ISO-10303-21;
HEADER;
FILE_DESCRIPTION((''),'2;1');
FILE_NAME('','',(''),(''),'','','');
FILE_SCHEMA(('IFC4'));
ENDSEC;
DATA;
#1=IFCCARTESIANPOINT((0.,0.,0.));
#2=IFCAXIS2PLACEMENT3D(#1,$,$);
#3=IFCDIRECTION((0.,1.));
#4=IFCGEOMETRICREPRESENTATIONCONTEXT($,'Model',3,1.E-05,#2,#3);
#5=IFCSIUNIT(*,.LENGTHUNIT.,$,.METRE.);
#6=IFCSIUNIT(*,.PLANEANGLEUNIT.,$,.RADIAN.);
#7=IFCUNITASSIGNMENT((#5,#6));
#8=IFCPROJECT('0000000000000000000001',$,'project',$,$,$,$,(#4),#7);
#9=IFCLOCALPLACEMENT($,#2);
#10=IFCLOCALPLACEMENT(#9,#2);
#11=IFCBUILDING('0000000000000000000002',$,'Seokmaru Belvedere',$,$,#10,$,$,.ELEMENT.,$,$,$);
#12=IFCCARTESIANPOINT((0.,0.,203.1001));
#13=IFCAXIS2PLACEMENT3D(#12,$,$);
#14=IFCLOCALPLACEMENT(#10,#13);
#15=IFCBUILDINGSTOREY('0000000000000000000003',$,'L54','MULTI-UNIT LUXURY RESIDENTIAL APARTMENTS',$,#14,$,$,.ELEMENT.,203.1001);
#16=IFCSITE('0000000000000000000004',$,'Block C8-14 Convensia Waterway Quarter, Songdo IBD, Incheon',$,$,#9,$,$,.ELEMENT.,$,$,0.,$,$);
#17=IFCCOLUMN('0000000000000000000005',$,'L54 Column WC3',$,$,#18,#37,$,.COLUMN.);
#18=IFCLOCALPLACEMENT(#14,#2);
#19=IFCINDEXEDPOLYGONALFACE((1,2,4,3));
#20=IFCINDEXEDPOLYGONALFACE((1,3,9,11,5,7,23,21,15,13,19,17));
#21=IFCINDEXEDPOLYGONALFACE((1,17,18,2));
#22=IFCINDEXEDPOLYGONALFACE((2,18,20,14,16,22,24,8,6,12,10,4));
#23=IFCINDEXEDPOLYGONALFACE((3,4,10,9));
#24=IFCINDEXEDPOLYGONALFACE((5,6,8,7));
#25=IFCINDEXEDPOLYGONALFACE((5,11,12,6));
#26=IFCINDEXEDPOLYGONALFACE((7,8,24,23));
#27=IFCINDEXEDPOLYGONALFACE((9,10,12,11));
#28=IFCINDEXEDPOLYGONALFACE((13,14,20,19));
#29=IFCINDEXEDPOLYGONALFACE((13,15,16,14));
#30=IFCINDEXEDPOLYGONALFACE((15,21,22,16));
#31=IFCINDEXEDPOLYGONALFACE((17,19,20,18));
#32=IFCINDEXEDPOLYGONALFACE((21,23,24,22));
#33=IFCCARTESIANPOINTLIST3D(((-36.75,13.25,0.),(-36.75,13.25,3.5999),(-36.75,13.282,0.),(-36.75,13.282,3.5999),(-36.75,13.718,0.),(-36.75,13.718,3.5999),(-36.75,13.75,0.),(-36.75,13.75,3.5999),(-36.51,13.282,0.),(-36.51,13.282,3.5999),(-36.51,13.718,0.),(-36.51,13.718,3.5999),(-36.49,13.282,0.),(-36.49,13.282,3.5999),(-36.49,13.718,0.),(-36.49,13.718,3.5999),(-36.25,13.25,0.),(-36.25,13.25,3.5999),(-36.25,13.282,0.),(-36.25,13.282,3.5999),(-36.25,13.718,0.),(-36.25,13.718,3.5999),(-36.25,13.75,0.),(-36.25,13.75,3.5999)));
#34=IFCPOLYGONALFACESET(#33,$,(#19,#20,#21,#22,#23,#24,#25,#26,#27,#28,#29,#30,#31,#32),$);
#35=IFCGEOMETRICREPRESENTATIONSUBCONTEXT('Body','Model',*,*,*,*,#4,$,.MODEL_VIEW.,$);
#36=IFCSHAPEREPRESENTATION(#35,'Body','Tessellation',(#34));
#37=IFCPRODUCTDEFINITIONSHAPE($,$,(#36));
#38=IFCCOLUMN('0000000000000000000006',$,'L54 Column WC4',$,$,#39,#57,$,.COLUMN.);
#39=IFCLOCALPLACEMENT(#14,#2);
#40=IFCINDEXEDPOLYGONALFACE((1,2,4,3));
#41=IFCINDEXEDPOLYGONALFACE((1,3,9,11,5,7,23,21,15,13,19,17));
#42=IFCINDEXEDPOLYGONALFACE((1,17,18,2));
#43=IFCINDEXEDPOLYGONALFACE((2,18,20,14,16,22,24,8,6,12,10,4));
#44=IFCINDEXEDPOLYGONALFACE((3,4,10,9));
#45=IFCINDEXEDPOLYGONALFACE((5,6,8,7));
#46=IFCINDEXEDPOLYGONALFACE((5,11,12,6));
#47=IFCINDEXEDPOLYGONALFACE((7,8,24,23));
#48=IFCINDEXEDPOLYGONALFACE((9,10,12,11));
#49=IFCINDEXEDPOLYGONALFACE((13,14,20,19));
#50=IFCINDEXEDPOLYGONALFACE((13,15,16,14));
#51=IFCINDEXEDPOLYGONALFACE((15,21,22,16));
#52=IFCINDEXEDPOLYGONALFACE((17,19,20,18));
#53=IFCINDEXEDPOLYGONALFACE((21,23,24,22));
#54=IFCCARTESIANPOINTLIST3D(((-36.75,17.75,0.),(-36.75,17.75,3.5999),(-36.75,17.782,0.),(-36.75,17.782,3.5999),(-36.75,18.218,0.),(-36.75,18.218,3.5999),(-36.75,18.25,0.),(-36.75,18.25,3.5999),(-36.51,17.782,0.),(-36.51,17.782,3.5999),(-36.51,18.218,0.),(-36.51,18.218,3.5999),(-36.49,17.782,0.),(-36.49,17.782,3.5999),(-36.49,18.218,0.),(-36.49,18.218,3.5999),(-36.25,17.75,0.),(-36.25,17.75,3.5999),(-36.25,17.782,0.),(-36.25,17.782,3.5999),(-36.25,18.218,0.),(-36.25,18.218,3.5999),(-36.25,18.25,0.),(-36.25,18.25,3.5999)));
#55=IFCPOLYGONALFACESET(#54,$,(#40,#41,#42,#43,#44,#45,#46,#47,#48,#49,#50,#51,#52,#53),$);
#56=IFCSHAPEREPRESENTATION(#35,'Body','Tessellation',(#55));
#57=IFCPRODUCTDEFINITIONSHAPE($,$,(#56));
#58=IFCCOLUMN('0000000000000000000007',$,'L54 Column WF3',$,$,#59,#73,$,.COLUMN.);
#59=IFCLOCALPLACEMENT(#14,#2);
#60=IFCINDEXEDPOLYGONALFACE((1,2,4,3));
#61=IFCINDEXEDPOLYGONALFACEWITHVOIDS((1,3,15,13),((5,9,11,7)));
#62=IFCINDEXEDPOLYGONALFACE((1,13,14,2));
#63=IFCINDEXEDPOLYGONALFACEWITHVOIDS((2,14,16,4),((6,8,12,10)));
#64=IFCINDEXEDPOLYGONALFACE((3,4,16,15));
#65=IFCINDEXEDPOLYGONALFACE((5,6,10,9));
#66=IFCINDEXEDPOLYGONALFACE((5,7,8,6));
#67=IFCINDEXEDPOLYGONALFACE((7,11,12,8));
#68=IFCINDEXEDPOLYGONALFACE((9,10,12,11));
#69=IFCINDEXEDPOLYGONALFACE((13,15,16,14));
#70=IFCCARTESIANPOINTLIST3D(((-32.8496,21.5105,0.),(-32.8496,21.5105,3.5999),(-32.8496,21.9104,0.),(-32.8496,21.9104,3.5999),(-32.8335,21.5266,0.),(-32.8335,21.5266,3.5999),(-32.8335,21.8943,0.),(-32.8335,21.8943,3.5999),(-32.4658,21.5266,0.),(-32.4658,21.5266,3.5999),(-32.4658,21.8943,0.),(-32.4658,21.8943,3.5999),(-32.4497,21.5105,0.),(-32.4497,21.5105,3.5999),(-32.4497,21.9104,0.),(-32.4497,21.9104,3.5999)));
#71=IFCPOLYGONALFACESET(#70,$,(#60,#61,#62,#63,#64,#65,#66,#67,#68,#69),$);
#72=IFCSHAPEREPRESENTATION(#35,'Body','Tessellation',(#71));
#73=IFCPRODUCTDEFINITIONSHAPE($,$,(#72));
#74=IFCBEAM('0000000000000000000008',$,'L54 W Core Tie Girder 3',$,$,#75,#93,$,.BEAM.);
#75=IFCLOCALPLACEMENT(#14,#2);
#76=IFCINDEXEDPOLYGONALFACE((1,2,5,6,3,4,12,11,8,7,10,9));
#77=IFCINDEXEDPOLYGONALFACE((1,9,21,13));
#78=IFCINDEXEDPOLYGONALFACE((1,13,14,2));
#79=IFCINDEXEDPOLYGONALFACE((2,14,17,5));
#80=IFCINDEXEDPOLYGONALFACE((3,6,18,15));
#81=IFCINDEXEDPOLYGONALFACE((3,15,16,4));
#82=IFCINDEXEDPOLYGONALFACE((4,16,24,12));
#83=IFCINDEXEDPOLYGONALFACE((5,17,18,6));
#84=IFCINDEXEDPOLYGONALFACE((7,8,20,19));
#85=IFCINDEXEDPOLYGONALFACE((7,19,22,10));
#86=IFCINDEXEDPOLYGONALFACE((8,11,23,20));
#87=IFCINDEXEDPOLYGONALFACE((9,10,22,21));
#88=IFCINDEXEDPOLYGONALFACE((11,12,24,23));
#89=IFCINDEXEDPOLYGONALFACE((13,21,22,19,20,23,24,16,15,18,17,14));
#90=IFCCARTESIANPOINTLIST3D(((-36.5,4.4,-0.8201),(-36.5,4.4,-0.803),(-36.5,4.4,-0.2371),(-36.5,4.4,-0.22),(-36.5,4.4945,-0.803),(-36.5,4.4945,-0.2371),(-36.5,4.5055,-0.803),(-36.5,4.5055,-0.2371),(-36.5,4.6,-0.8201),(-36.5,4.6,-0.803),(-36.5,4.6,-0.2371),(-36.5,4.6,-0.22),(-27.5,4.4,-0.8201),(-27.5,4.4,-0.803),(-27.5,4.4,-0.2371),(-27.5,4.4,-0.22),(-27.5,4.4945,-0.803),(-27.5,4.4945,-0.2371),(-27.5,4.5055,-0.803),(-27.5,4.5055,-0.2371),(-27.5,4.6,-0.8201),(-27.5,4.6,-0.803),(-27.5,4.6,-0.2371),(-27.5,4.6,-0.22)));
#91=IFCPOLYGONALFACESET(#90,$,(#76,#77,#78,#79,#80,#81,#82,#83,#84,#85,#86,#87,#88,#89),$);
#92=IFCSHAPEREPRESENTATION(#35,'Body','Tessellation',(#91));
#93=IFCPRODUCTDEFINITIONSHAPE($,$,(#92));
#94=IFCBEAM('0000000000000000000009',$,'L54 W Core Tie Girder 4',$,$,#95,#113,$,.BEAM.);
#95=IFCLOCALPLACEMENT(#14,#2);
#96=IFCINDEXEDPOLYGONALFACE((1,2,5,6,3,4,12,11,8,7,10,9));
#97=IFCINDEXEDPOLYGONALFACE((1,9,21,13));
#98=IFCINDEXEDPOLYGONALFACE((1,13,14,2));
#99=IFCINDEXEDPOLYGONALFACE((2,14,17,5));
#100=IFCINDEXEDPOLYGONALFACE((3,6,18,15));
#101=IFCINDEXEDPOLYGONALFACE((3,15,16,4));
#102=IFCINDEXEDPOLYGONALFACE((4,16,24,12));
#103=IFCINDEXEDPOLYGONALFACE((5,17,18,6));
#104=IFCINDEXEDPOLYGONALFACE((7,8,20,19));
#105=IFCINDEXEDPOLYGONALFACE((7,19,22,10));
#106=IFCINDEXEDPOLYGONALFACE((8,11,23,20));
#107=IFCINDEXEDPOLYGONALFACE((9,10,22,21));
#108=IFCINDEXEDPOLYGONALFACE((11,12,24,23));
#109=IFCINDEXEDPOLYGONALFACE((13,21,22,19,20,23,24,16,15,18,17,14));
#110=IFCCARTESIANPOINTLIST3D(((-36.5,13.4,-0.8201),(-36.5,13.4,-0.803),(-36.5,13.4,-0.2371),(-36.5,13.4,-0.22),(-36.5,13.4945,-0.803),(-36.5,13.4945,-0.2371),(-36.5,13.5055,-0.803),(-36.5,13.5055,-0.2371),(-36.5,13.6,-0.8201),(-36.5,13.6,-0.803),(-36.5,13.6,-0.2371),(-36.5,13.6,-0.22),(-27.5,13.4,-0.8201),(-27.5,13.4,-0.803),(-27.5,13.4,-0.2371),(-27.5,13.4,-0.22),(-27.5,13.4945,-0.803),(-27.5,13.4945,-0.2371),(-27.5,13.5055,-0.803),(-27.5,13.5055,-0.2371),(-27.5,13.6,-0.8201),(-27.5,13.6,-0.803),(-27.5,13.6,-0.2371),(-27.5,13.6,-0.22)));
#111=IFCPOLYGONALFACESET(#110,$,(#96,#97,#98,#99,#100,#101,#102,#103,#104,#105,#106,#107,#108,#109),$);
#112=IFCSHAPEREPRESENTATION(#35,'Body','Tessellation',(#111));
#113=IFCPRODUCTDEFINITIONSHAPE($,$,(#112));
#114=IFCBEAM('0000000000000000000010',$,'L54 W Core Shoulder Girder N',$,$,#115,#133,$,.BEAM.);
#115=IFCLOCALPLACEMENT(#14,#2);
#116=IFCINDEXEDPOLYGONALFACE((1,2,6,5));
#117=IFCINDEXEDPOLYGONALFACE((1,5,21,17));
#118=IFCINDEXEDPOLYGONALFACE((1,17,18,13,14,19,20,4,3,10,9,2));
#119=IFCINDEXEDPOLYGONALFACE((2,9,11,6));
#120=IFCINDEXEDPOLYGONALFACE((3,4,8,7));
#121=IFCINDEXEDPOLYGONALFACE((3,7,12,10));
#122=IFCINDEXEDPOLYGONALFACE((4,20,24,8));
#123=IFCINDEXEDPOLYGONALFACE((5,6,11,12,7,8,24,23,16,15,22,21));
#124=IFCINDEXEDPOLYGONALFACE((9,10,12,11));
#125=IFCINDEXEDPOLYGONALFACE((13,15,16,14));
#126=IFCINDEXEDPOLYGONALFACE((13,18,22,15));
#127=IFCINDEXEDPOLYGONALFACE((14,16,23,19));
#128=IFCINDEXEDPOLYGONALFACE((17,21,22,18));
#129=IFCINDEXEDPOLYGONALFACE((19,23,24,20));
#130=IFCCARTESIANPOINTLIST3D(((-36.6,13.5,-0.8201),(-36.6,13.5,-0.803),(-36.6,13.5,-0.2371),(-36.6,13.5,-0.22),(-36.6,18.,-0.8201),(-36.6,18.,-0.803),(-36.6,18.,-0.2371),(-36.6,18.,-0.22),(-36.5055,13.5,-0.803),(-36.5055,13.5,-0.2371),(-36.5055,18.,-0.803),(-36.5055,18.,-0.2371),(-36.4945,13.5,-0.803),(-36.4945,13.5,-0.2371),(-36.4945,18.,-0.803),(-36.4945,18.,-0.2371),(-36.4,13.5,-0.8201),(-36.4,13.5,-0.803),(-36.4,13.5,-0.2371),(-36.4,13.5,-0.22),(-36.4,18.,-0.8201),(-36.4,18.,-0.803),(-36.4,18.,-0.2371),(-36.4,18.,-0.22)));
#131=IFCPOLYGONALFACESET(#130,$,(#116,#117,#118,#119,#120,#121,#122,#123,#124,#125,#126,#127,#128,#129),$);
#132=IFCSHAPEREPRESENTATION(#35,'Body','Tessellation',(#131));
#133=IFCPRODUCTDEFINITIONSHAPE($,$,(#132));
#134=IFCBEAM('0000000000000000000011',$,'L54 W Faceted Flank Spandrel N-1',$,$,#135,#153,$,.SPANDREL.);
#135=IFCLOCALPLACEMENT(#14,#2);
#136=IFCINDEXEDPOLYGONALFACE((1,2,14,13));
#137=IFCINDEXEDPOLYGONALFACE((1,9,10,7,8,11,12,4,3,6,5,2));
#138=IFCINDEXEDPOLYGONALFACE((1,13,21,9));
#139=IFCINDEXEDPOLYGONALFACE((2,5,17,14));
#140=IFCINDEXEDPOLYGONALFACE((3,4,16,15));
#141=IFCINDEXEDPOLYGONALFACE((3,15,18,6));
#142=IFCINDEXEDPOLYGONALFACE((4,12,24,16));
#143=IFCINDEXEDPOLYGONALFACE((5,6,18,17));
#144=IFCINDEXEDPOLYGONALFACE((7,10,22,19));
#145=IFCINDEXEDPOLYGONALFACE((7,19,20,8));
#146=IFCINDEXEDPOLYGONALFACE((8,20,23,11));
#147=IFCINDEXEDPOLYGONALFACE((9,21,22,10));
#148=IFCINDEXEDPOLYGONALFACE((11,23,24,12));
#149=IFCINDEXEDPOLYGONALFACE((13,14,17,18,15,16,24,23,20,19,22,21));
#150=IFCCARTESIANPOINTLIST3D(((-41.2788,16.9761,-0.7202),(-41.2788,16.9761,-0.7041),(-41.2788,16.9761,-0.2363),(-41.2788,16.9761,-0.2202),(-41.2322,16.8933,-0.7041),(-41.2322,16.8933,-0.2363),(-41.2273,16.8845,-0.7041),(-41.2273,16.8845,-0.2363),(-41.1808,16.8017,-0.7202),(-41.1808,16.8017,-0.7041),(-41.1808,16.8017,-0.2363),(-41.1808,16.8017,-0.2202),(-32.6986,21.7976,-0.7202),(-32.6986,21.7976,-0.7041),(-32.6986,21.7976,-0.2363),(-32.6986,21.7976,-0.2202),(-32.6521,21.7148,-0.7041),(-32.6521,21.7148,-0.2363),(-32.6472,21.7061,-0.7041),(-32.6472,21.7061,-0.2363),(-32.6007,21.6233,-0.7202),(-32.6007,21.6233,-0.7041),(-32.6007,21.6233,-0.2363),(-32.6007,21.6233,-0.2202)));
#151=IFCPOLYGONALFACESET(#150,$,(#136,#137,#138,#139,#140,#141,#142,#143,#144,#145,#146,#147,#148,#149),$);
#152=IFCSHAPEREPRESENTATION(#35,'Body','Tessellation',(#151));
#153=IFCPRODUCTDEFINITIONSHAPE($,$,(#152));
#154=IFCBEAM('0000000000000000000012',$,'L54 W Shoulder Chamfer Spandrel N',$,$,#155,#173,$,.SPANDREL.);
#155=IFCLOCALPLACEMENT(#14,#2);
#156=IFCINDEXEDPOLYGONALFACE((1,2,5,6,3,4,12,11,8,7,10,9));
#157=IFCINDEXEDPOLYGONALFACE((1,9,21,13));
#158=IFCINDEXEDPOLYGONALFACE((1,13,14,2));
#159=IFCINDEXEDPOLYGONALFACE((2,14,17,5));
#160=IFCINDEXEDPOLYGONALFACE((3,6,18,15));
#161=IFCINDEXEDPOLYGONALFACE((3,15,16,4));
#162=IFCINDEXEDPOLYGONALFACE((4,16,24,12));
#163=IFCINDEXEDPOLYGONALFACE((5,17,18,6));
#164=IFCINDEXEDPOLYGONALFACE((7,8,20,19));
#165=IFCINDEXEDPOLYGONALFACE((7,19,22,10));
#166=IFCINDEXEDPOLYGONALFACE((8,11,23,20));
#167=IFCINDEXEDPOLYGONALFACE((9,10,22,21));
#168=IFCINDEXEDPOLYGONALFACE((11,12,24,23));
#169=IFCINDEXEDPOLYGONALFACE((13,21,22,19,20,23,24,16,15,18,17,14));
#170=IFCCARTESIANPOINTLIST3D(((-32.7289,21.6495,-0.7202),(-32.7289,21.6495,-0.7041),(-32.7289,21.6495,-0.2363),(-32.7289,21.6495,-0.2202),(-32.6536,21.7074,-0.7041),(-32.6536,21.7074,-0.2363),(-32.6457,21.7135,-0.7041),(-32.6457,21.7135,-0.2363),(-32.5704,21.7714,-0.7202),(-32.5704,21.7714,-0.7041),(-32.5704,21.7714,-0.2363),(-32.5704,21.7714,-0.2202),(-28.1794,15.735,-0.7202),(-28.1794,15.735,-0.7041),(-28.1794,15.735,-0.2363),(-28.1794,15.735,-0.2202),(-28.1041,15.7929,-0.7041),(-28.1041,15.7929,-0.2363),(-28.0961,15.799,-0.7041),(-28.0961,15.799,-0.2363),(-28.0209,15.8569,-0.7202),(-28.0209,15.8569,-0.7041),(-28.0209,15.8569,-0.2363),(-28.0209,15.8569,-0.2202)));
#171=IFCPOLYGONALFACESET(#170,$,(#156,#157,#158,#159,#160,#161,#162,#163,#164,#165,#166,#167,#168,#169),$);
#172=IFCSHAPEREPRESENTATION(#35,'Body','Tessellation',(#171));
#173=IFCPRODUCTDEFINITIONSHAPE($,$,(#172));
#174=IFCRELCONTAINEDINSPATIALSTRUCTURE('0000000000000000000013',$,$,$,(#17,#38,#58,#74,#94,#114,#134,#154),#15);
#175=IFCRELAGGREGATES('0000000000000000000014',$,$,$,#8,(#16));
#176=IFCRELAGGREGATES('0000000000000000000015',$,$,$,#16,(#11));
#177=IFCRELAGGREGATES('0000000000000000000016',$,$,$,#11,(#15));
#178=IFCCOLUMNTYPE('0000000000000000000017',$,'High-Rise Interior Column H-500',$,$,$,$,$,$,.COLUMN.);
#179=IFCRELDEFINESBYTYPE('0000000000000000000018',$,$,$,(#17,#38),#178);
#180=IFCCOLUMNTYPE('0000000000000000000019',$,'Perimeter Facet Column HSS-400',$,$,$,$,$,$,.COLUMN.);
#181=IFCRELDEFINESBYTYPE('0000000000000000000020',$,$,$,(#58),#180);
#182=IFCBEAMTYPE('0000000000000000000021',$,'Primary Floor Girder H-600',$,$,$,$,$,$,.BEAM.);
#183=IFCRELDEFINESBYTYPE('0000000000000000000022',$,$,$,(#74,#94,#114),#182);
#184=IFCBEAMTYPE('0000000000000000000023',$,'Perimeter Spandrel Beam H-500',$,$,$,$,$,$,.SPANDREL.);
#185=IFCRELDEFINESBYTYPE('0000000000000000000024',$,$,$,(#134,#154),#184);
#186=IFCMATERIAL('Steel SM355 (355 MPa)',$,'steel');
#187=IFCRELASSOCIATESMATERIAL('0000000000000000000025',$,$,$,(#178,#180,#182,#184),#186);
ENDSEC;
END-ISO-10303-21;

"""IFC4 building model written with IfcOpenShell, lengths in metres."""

from ifc_helpers import new_model, si_unit, direction, frame, origin, origin_2d, place, context, subcontext, project, spatial, hollow_rectangle, i_section, extrude, source, transform, mapped, material, material_profile, profile_set, type_object, type_shapes, element, save


model = new_model("IFC4")

# Units and contexts
model_context = context("Model", 3, precision=1e-05, world=origin(), true_north=direction((0.0, 1.0)))
body_context = subcontext(model_context, "Body", "Model", "MODEL_VIEW")
ifc_project = project(units=[si_unit("LENGTHUNIT", "METRE"), si_unit("PLANEANGLEUNIT", "RADIAN")], contexts=[model_context])

# Site, building, storey
site_placement = place(None, origin())
site = spatial("IfcSite", under=ifc_project, at=site_placement, Name="Block C8-14 Convensia Waterway Quarter, Songdo IBD, Incheon", CompositionType="ELEMENT", RefElevation=0.0)
building_placement = place(site_placement, origin())
building = spatial("IfcBuilding", under=site, at=building_placement, Name="Seokmaru Belvedere", CompositionType="ELEMENT")
storey_placement = place(building_placement, frame((0.0, 0.0, 203.1001)))
storey = spatial("IfcBuildingStorey", under=building, at=storey_placement, Name="L54", Description="MULTI-UNIT LUXURY RESIDENTIAL APARTMENTS", CompositionType="ELEMENT", Elevation=203.1001)

# Columns
ifc_material_1 = material(Name="Steel SM355 (355 MPa)", Category="steel")
ifc_material_profile_1 = material_profile(ifc_material_1, i_section(OverallWidth=0.5, OverallDepth=0.5, WebThickness=0.02, FlangeThickness=0.032, at=origin_2d()), Name="H-500x500x20x32")
ifc_profile_set_1 = profile_set([ifc_material_profile_1], Name="Steel SM355 (355 MPa)")
column_type_1 = type_object("IfcColumnType", Name="High-Rise Interior Column H-500", PredefinedType="COLUMN", material=ifc_profile_set_1)
shared_shape_1 = source(origin(), body_context, "Body", "SweptSolid", [
    extrude(i_section(OverallWidth=0.5, OverallDepth=0.5, WebThickness=0.02, FlangeThickness=0.032, at=origin_2d()), origin(), (0.0, 0.0, 1.0), 3.5999),
])
type_shapes(column_type_1, [shared_shape_1])
for number, where, z_axis, x_axis, name in (
    (1, (-36.5, 13.5, 0.0), (0.0, 0.0, 1.0), (1.0, 0.0, 0.0), "L54 Column WC3"),
    (2, (-36.5, 18.0, 0.0), (0.0, 0.0, 1.0), (1.0, 0.0, 0.0), "L54 Column WC4"),
):
    element("IfcColumn", number, at=place(storey_placement, frame(where, z_axis=z_axis, x_axis=x_axis)), inside=storey, type_object=column_type_1, Name=name, PredefinedType="COLUMN", context=body_context, shape_type="MappedRepresentation", body=[
        mapped(shared_shape_1, transform((0.0, 0.0, 0.0), scale=1.0)),
    ])
ifc_material_profile_2 = material_profile(ifc_material_1, hollow_rectangle(XDim=0.3999, YDim=0.3999, WallThickness=0.0161, at=origin_2d()), Name="HSS-400x400x16")
ifc_profile_set_2 = profile_set([ifc_material_profile_2], Name="Steel SM355 (355 MPa)")
column_type_2 = type_object("IfcColumnType", Name="Perimeter Facet Column HSS-400", PredefinedType="COLUMN", material=ifc_profile_set_2)
shared_shape_2 = source(origin(), body_context, "Body", "SweptSolid", [
    extrude(hollow_rectangle(XDim=0.3999, YDim=0.3999, WallThickness=0.0161, at=origin_2d()), origin(), (0.0, 0.0, 1.0), 3.5999),
])
type_shapes(column_type_2, [shared_shape_2])
column_placement = place(storey_placement, frame((-32.6497, 21.7104, 0.0), z_axis=(0.0, 0.0, 1.0), x_axis=(1.0, 0.0, 0.0)))
element("IfcColumn", 3, at=column_placement, inside=storey, type_object=column_type_2, Name="L54 Column WF3", PredefinedType="COLUMN", context=body_context, shape_type="MappedRepresentation", body=[
    mapped(shared_shape_2, transform((0.0, 0.0, 0.0), scale=1.0)),
])

# Beams
ifc_material_profile_3 = material_profile(ifc_material_1, i_section(OverallWidth=0.2, OverallDepth=0.6001, WebThickness=0.011, FlangeThickness=0.0171, at=origin_2d()), Name="H-600x200x11x17")
ifc_profile_set_3 = profile_set([ifc_material_profile_3], Name="Steel SM355 (355 MPa)")
beam_type_1 = type_object("IfcBeamType", Name="Primary Floor Girder H-600", PredefinedType="BEAM", material=ifc_profile_set_3)
shared_shape_3 = source(origin(), body_context, "Body", "SweptSolid", [
    extrude(i_section(OverallWidth=0.2, OverallDepth=0.6001, WebThickness=0.011, FlangeThickness=0.0171, at=origin_2d()), origin(), (0.0, 0.0, 1.0), 9.0),
])
for number, where, z_axis, x_axis, name in (
    (4, (-36.5, 4.5, -0.52), (1.0, 0.0, 0.0), (0.0, 1.0, 0.0), "L54 W Core Tie Girder 3"),
    (5, (-36.5, 13.5, -0.52), (1.0, 0.0, 0.0), (0.0, 1.0, 0.0), "L54 W Core Tie Girder 4"),
):
    element("IfcBeam", number, at=place(storey_placement, frame(where, z_axis=z_axis, x_axis=x_axis)), inside=storey, type_object=beam_type_1, Name=name, PredefinedType="BEAM", context=body_context, shape_type="MappedRepresentation", body=[
        mapped(shared_shape_3, transform((0.0, 0.0, 0.0), scale=1.0)),
    ])
shared_shape_4 = source(origin(), body_context, "Body", "SweptSolid", [
    extrude(i_section(OverallWidth=0.2, OverallDepth=0.6001, WebThickness=0.011, FlangeThickness=0.0171, at=origin_2d()), origin(), (0.0, 0.0, 1.0), 4.5),
])
type_shapes(beam_type_1, [shared_shape_3, shared_shape_4])
beam_1_placement = place(storey_placement, frame((-36.5, 13.5, -0.52), z_axis=(0.0, 1.0, 0.0), x_axis=(-1.0, 0.0, 0.0)))
element("IfcBeam", 6, at=beam_1_placement, inside=storey, type_object=beam_type_1, Name="L54 W Core Shoulder Girder N", PredefinedType="BEAM", context=body_context, shape_type="MappedRepresentation", body=[
    mapped(shared_shape_4, transform((0.0, 0.0, 0.0), scale=1.0)),
])
ifc_material_profile_4 = material_profile(ifc_material_1, i_section(OverallWidth=0.2, OverallDepth=0.5, WebThickness=0.01, FlangeThickness=0.0161, at=origin_2d()), Name="H-500x200x10x16")
ifc_profile_set_4 = profile_set([ifc_material_profile_4], Name="Steel SM355 (355 MPa)")
beam_type_2 = type_object("IfcBeamType", Name="Perimeter Spandrel Beam H-500", PredefinedType="SPANDREL", material=ifc_profile_set_4)
shared_shape_5 = source(origin(), body_context, "Body", "SweptSolid", [
    extrude(i_section(OverallWidth=0.2, OverallDepth=0.5, WebThickness=0.01, FlangeThickness=0.0161, at=origin_2d()), origin(), (0.0, 0.0, 1.0), 9.842),
])
beam_2_placement = place(storey_placement, frame((-32.6497, 21.7104, -0.4702), z_axis=(-0.871782, -0.489894, 0.0), x_axis=(0.489894, -0.871782, 0.0)))
element("IfcBeam", 7, at=beam_2_placement, inside=storey, type_object=beam_type_2, Name="L54 W Faceted Flank Spandrel N-1", PredefinedType="SPANDREL", context=body_context, shape_type="MappedRepresentation", body=[
    mapped(shared_shape_5, transform((0.0, 0.0, 0.0), scale=1.0)),
])
shared_shape_6 = source(origin(), body_context, "Body", "SweptSolid", [
    extrude(i_section(OverallWidth=0.2, OverallDepth=0.5, WebThickness=0.01, FlangeThickness=0.0161, at=origin_2d()), origin(), (0.0, 0.0, 1.0), 7.4619),
])
type_shapes(beam_type_2, [shared_shape_5, shared_shape_6])
beam_3_placement = place(storey_placement, frame((-32.6497, 21.7104, -0.4702), z_axis=(0.609703, -0.79263, 0.0), x_axis=(0.79263, 0.609703, 0.0)))
element("IfcBeam", 8, at=beam_3_placement, inside=storey, type_object=beam_type_2, Name="L54 W Shoulder Chamfer Spandrel N", PredefinedType="SPANDREL", context=body_context, shape_type="MappedRepresentation", body=[
    mapped(shared_shape_6, transform((0.0, 0.0, 0.0), scale=1.0)),
])

save(model, "model.ifc")
